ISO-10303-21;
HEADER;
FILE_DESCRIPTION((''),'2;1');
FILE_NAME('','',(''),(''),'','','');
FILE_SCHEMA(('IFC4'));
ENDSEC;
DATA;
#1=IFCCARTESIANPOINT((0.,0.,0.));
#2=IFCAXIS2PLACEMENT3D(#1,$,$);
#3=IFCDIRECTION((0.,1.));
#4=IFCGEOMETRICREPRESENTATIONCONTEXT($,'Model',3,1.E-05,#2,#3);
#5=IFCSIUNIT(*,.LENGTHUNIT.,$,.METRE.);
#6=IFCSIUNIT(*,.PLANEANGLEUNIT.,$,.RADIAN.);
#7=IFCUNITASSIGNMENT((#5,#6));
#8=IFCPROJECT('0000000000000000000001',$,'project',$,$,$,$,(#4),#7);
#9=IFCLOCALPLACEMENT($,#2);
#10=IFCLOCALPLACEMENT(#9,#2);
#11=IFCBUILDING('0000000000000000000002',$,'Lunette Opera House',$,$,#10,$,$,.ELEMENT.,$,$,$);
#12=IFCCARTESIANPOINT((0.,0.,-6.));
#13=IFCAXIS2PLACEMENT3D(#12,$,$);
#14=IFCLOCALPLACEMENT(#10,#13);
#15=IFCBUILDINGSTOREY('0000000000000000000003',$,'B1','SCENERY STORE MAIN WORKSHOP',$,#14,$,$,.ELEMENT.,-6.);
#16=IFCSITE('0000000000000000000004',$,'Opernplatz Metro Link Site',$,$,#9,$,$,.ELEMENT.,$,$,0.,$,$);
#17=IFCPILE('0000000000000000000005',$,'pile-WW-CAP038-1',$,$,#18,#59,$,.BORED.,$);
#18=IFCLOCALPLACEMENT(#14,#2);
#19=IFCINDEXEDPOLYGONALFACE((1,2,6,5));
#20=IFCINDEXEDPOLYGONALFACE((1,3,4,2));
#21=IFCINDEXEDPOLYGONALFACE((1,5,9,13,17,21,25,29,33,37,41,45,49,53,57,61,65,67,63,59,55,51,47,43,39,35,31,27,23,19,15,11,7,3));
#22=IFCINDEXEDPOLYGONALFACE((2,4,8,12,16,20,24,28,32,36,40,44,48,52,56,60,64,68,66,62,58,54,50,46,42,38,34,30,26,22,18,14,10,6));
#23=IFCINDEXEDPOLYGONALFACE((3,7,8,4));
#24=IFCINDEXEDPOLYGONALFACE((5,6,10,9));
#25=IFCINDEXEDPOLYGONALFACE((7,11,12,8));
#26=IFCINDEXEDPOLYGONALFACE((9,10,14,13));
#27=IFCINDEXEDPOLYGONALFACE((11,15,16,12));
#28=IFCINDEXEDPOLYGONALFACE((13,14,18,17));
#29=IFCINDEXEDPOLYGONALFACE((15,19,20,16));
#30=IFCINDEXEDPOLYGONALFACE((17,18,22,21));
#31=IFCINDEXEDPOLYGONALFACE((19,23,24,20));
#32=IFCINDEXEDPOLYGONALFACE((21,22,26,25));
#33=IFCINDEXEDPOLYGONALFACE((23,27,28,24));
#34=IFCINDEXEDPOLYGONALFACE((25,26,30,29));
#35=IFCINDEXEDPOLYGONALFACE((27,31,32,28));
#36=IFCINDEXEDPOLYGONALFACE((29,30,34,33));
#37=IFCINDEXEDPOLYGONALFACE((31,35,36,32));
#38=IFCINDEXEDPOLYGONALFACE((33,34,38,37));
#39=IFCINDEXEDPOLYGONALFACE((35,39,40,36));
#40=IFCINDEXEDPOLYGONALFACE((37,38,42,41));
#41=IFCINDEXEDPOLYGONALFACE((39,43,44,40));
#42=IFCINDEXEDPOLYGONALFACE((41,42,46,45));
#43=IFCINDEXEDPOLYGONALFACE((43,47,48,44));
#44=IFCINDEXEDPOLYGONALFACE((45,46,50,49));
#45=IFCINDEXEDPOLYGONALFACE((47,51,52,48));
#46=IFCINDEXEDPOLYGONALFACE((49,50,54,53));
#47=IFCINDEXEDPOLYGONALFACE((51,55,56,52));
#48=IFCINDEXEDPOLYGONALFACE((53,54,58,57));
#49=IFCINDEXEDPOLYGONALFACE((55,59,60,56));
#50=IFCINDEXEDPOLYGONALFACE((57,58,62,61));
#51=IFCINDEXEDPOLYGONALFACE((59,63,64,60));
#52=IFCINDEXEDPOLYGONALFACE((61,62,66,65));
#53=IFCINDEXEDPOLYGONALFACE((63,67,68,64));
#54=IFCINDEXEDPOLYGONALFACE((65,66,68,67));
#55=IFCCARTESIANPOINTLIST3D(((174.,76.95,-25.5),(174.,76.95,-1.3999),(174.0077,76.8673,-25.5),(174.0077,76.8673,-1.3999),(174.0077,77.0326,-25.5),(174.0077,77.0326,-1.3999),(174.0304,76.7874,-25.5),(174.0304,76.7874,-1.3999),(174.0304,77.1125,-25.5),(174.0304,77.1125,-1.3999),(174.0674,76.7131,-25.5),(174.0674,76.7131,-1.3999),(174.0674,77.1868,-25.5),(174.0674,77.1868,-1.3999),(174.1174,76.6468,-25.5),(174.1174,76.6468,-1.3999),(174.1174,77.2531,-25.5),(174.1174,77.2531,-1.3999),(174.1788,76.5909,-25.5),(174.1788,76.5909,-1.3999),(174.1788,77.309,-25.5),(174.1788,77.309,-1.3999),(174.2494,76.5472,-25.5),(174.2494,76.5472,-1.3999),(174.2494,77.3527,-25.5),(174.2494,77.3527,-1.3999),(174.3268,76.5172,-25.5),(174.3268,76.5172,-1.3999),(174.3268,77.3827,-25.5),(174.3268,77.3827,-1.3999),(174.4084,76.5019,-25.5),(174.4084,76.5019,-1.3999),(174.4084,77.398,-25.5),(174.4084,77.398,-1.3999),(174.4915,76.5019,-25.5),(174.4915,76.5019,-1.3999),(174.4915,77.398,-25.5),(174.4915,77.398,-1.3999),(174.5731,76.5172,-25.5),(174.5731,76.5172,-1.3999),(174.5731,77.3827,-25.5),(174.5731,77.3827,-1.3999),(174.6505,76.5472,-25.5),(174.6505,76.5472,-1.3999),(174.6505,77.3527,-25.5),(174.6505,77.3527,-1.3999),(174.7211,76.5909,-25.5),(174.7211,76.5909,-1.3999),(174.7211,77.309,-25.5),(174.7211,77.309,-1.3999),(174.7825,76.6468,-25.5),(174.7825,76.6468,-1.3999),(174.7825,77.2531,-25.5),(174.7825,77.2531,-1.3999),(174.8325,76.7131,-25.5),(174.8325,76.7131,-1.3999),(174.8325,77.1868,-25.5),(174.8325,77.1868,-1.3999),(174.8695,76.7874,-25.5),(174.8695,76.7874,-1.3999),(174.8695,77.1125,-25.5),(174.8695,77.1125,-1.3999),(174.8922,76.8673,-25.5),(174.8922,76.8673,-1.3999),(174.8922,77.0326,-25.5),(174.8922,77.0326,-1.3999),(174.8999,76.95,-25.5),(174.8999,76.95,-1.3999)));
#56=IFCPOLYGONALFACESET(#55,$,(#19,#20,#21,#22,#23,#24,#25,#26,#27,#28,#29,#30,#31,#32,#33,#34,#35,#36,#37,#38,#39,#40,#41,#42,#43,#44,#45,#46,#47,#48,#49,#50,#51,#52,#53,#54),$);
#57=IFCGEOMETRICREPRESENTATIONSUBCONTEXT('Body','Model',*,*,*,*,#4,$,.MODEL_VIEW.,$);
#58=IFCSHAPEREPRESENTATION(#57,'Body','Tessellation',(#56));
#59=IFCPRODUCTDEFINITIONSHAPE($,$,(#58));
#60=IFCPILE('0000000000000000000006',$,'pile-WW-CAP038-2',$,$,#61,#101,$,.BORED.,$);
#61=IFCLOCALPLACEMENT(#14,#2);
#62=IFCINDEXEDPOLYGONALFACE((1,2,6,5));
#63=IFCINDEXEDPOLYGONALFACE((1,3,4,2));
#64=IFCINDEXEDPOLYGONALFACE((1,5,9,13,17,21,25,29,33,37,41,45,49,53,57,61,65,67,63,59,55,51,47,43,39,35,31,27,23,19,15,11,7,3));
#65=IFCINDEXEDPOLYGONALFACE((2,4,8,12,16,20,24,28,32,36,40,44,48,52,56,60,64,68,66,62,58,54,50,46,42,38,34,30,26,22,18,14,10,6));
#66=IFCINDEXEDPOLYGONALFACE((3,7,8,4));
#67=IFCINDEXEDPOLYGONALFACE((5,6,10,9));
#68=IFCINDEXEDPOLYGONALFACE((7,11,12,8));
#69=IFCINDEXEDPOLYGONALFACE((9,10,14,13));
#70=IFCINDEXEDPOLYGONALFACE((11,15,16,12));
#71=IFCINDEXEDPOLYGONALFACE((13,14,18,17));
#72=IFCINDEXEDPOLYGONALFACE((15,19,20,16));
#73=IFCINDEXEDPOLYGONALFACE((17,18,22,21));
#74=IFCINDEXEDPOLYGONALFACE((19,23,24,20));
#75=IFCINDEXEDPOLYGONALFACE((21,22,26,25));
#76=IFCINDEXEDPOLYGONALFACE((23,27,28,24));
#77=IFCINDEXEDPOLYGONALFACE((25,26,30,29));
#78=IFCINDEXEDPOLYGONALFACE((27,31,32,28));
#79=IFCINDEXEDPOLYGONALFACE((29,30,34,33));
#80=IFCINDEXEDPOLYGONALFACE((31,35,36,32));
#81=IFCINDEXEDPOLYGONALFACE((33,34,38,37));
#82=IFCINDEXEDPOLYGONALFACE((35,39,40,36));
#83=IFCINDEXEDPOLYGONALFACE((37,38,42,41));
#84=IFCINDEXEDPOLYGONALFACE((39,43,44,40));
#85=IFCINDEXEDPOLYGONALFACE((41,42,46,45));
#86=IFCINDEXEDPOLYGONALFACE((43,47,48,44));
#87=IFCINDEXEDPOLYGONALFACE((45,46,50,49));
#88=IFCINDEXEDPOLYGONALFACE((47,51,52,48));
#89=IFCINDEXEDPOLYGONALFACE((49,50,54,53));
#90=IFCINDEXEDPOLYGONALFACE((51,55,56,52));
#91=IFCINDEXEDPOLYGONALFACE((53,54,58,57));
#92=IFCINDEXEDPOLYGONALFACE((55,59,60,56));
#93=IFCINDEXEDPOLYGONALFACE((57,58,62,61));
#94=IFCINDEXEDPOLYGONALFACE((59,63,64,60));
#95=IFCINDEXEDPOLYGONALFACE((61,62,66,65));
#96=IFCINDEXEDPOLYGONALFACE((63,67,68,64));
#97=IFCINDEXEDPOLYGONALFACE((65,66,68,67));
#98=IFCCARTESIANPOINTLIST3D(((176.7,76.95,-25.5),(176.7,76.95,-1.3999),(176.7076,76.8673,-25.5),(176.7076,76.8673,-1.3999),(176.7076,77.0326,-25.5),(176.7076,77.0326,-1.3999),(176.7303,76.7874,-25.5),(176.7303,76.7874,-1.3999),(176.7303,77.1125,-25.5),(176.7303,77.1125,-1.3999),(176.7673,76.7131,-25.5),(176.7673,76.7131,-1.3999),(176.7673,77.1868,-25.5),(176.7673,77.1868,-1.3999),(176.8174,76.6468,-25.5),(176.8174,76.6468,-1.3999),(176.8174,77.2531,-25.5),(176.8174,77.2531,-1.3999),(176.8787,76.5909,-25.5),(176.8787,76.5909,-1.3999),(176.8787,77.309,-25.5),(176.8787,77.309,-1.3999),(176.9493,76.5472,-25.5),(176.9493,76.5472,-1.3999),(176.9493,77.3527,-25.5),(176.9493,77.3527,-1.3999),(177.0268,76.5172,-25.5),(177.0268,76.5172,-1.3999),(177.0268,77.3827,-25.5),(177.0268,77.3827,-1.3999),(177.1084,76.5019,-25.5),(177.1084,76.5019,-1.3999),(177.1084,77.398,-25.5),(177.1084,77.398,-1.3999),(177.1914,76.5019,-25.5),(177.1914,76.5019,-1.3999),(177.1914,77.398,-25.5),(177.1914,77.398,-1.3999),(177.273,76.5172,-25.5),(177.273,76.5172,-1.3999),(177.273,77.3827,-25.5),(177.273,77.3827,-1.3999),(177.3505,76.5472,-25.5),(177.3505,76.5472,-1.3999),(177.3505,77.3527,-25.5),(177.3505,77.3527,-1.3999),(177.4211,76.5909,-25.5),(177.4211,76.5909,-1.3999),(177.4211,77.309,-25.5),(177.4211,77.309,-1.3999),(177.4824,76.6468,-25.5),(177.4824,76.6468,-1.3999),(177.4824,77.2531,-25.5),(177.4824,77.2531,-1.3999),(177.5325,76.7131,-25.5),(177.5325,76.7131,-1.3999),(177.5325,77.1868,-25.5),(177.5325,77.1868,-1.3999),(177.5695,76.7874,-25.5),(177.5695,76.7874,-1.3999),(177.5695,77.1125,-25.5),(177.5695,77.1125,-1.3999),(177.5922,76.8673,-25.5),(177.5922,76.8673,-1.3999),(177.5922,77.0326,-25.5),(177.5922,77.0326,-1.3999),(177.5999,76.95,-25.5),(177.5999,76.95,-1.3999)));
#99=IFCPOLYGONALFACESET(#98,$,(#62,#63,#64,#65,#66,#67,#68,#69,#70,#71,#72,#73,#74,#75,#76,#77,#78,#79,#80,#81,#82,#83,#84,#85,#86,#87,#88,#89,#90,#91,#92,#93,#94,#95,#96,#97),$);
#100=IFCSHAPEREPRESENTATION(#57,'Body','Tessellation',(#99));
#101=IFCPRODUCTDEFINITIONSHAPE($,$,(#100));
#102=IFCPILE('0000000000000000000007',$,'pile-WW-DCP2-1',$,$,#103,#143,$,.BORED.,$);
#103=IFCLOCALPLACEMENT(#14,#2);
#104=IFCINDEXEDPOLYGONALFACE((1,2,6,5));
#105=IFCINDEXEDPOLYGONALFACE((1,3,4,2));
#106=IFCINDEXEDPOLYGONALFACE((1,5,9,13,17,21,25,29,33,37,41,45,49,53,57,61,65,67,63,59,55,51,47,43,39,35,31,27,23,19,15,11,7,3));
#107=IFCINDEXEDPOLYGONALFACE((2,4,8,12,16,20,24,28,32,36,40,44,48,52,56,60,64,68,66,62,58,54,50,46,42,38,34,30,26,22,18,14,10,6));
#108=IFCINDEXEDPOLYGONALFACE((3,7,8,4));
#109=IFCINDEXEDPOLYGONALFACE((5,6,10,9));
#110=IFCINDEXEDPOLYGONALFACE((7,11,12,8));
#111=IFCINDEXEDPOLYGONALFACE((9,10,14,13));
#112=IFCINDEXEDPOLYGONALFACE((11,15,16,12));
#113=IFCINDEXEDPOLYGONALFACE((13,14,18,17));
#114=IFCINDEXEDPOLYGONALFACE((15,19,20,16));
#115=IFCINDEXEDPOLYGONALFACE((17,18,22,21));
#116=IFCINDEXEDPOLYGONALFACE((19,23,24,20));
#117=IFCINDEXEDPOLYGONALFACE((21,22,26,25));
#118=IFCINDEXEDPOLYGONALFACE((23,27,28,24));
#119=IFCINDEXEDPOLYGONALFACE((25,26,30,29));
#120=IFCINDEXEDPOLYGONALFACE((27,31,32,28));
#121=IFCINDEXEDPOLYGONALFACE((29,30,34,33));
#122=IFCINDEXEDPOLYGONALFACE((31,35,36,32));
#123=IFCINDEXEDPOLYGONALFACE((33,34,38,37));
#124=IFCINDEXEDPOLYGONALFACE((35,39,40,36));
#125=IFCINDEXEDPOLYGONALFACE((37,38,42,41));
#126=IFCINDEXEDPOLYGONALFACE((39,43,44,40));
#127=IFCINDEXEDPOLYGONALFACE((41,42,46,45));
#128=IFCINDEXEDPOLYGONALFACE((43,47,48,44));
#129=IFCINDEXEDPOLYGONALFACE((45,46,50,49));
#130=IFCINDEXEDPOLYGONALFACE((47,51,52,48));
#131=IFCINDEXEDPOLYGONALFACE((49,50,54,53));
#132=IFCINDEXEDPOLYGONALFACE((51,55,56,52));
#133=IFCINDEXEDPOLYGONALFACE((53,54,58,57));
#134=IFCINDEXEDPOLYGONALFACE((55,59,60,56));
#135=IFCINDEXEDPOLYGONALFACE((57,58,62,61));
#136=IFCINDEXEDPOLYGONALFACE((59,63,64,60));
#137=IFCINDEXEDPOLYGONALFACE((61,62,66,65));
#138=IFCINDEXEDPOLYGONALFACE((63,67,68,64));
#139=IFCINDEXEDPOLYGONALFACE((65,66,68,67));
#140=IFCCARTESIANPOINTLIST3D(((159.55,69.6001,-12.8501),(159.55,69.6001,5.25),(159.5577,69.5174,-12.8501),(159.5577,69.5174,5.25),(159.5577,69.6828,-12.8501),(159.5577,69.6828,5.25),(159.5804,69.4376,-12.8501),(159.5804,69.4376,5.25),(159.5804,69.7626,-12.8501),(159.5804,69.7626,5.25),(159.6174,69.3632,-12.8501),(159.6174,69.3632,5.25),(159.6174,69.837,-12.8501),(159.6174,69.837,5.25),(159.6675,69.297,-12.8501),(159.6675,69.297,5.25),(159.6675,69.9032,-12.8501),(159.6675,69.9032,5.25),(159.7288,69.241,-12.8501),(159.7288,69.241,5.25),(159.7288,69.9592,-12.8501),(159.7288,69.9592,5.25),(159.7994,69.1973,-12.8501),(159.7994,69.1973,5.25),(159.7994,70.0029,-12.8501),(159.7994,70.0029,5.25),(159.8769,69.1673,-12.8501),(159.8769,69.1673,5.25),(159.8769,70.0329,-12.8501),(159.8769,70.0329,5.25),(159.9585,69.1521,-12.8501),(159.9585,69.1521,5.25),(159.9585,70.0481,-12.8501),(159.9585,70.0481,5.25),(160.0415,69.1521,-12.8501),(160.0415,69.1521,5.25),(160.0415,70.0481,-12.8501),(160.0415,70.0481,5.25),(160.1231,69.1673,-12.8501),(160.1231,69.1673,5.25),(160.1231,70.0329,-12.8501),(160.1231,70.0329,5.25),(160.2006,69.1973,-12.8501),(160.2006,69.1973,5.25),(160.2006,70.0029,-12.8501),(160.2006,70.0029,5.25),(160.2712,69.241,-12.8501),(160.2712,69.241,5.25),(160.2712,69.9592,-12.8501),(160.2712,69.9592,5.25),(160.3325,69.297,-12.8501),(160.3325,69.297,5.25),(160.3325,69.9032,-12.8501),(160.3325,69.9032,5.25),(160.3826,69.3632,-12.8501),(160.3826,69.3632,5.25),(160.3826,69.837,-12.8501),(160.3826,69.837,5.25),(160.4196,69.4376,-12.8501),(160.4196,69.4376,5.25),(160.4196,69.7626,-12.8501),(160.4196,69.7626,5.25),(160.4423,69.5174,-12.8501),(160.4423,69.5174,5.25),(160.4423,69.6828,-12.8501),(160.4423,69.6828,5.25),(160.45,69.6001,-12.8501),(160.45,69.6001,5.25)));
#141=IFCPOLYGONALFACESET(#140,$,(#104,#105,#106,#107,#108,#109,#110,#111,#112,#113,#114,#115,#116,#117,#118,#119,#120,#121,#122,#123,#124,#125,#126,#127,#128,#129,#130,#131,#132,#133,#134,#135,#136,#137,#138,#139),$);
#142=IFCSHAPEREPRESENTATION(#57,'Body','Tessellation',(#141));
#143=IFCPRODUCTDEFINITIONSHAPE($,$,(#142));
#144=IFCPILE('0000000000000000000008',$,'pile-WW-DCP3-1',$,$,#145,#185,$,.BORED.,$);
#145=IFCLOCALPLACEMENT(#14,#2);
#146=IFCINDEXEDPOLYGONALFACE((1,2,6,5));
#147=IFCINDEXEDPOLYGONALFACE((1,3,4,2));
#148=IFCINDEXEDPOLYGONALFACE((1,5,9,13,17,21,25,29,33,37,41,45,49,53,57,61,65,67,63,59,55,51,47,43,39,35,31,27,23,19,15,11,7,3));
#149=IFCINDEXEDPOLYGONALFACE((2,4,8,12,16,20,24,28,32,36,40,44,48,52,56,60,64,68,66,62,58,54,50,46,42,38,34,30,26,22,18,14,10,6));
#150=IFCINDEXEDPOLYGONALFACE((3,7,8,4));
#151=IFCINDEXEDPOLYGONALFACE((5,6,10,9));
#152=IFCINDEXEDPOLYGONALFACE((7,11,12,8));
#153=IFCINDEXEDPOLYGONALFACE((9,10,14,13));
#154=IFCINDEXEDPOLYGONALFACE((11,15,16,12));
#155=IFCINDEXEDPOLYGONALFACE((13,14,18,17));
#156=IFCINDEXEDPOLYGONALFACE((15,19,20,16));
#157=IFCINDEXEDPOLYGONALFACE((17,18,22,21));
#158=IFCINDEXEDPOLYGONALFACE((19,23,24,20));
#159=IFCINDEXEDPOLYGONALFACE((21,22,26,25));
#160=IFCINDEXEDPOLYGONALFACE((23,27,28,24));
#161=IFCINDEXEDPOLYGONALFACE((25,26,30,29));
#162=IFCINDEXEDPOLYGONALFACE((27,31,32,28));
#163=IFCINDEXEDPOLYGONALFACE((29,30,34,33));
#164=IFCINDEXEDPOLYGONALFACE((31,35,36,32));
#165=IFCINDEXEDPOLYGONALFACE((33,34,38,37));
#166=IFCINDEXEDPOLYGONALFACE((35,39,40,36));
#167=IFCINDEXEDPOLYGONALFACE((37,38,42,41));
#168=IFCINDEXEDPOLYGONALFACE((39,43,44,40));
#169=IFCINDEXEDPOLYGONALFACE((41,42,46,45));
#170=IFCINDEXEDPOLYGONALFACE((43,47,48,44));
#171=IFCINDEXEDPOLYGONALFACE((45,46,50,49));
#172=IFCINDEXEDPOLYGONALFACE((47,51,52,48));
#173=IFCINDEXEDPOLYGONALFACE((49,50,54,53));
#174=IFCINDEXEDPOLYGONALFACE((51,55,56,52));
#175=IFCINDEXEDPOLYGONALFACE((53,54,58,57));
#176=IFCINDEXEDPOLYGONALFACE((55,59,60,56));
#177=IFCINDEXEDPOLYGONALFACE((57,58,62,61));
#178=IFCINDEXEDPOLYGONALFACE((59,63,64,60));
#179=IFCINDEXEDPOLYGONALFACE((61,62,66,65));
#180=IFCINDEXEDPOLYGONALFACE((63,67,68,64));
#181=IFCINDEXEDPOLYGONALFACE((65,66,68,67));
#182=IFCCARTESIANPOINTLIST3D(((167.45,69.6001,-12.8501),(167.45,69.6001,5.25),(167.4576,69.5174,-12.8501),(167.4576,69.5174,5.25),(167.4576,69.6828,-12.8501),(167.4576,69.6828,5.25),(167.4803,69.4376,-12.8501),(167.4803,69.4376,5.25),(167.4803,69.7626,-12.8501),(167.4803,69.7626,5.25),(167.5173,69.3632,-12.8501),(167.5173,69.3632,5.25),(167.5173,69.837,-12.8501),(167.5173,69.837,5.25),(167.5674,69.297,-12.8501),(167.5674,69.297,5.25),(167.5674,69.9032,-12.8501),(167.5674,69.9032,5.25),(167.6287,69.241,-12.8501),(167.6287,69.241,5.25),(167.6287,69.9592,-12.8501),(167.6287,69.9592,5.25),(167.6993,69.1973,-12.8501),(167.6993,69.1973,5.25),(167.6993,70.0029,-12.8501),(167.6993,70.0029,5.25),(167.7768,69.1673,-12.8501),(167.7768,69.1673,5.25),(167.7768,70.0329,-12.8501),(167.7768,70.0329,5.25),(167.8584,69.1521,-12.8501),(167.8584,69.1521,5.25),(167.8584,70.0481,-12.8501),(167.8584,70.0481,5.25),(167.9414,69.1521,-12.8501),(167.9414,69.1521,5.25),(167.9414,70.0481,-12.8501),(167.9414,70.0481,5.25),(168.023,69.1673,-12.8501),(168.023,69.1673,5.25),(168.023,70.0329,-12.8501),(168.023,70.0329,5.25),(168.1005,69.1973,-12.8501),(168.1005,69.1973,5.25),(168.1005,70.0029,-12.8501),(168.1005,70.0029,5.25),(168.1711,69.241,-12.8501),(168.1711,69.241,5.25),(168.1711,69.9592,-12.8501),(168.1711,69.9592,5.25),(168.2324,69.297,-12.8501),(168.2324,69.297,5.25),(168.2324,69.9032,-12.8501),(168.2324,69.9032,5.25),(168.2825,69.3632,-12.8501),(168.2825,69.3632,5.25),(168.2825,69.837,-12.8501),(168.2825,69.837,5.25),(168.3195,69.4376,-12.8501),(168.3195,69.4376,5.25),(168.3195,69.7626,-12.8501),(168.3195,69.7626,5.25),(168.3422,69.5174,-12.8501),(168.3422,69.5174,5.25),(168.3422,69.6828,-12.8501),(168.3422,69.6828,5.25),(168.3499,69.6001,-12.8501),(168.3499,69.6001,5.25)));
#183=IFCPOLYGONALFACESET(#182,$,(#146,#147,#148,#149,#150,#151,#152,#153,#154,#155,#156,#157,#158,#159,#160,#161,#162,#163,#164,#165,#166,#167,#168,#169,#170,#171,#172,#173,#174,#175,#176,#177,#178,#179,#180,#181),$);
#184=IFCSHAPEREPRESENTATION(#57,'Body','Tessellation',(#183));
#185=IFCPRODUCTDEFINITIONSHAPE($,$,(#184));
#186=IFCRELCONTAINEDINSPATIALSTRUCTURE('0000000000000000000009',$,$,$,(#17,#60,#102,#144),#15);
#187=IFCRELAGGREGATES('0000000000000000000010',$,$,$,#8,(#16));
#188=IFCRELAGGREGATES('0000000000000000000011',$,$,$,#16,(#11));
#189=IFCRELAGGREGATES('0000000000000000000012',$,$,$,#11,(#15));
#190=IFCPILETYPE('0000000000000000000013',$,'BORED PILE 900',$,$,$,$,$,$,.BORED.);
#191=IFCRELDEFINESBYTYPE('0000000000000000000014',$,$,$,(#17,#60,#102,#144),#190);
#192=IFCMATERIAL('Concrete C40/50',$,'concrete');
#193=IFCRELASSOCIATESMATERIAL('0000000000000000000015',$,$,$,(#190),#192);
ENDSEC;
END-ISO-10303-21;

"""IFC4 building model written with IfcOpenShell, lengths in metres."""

from ifc_helpers import new_model, si_unit, direction, frame, origin, origin_2d, place, context, subcontext, project, spatial, circle, extrude, material, material_profile, profile_set, type_object, element, save


model = new_model("IFC4")

# Units and contexts
model_context = context("Model", 3, precision=1e-05, world=origin(), true_north=direction((0.0, 1.0)))
body_context = subcontext(model_context, "Body", "Model", "MODEL_VIEW")
ifc_project = project(units=[si_unit("LENGTHUNIT", "METRE"), si_unit("PLANEANGLEUNIT", "RADIAN")], contexts=[model_context])

# Site, building, storey
site_placement = place(None, origin())
site = spatial("IfcSite", under=ifc_project, at=site_placement, Name="Opernplatz Metro Link Site", CompositionType="ELEMENT", RefElevation=0.0)
building_placement = place(site_placement, origin())
building = spatial("IfcBuilding", under=site, at=building_placement, Name="Lunette Opera House", CompositionType="ELEMENT")
storey_placement = place(building_placement, frame((0.0, 0.0, -6.0)))
storey = spatial("IfcBuildingStorey", under=building, at=storey_placement, Name="B1", Description="SCENERY STORE MAIN WORKSHOP", CompositionType="ELEMENT", Elevation=-6.0)

# Piles
ifc_material_1 = material(Name="Concrete C40/50", Category="concrete")
ifc_material_profile_1 = material_profile(ifc_material_1, circle(Radius=0.45, at=origin_2d()), Name="BORED PILE 900")
ifc_profile_set_1 = profile_set([ifc_material_profile_1], Name="Concrete C40/50")
pile_type = type_object("IfcPileType", Name="BORED PILE 900", PredefinedType="BORED", material=ifc_profile_set_1)
for number, where, z_axis, x_axis, name in (
    (1, (174.45, 76.95, -1.3999), (0.0, 0.0, -1.0), (1.0, 0.0, 0.0), "pile-WW-CAP038-1"),
    (2, (177.1499, 76.95, -1.3999), (0.0, 0.0, -1.0), (1.0, 0.0, 0.0), "pile-WW-CAP038-2"),
):
    element("IfcPile", number, at=place(storey_placement, frame(where, z_axis=z_axis, x_axis=x_axis)), inside=storey, type_object=pile_type, Name=name, PredefinedType="BORED", context=body_context, shape_type="SweptSolid", body=[
        extrude(circle(Radius=0.45, at=origin_2d()), origin(), (0.0, 0.0, 1.0), 24.1001),
    ])
for number, where, z_axis, x_axis, name in (
    (3, (160.0, 69.6001, 5.25), (0.0, 0.0, -1.0), (1.0, 0.0, 0.0), "pile-WW-DCP2-1"),
    (4, (167.8999, 69.6001, 5.25), (0.0, 0.0, -1.0), (1.0, 0.0, 0.0), "pile-WW-DCP3-1"),
):
    element("IfcPile", number, at=place(storey_placement, frame(where, z_axis=z_axis, x_axis=x_axis)), inside=storey, type_object=pile_type, Name=name, PredefinedType="BORED", context=body_context, shape_type="SweptSolid", body=[
        extrude(circle(Radius=0.45, at=origin_2d()), origin(), (0.0, 0.0, 1.0), 18.1001),
    ])

save(model, "model.ifc")
